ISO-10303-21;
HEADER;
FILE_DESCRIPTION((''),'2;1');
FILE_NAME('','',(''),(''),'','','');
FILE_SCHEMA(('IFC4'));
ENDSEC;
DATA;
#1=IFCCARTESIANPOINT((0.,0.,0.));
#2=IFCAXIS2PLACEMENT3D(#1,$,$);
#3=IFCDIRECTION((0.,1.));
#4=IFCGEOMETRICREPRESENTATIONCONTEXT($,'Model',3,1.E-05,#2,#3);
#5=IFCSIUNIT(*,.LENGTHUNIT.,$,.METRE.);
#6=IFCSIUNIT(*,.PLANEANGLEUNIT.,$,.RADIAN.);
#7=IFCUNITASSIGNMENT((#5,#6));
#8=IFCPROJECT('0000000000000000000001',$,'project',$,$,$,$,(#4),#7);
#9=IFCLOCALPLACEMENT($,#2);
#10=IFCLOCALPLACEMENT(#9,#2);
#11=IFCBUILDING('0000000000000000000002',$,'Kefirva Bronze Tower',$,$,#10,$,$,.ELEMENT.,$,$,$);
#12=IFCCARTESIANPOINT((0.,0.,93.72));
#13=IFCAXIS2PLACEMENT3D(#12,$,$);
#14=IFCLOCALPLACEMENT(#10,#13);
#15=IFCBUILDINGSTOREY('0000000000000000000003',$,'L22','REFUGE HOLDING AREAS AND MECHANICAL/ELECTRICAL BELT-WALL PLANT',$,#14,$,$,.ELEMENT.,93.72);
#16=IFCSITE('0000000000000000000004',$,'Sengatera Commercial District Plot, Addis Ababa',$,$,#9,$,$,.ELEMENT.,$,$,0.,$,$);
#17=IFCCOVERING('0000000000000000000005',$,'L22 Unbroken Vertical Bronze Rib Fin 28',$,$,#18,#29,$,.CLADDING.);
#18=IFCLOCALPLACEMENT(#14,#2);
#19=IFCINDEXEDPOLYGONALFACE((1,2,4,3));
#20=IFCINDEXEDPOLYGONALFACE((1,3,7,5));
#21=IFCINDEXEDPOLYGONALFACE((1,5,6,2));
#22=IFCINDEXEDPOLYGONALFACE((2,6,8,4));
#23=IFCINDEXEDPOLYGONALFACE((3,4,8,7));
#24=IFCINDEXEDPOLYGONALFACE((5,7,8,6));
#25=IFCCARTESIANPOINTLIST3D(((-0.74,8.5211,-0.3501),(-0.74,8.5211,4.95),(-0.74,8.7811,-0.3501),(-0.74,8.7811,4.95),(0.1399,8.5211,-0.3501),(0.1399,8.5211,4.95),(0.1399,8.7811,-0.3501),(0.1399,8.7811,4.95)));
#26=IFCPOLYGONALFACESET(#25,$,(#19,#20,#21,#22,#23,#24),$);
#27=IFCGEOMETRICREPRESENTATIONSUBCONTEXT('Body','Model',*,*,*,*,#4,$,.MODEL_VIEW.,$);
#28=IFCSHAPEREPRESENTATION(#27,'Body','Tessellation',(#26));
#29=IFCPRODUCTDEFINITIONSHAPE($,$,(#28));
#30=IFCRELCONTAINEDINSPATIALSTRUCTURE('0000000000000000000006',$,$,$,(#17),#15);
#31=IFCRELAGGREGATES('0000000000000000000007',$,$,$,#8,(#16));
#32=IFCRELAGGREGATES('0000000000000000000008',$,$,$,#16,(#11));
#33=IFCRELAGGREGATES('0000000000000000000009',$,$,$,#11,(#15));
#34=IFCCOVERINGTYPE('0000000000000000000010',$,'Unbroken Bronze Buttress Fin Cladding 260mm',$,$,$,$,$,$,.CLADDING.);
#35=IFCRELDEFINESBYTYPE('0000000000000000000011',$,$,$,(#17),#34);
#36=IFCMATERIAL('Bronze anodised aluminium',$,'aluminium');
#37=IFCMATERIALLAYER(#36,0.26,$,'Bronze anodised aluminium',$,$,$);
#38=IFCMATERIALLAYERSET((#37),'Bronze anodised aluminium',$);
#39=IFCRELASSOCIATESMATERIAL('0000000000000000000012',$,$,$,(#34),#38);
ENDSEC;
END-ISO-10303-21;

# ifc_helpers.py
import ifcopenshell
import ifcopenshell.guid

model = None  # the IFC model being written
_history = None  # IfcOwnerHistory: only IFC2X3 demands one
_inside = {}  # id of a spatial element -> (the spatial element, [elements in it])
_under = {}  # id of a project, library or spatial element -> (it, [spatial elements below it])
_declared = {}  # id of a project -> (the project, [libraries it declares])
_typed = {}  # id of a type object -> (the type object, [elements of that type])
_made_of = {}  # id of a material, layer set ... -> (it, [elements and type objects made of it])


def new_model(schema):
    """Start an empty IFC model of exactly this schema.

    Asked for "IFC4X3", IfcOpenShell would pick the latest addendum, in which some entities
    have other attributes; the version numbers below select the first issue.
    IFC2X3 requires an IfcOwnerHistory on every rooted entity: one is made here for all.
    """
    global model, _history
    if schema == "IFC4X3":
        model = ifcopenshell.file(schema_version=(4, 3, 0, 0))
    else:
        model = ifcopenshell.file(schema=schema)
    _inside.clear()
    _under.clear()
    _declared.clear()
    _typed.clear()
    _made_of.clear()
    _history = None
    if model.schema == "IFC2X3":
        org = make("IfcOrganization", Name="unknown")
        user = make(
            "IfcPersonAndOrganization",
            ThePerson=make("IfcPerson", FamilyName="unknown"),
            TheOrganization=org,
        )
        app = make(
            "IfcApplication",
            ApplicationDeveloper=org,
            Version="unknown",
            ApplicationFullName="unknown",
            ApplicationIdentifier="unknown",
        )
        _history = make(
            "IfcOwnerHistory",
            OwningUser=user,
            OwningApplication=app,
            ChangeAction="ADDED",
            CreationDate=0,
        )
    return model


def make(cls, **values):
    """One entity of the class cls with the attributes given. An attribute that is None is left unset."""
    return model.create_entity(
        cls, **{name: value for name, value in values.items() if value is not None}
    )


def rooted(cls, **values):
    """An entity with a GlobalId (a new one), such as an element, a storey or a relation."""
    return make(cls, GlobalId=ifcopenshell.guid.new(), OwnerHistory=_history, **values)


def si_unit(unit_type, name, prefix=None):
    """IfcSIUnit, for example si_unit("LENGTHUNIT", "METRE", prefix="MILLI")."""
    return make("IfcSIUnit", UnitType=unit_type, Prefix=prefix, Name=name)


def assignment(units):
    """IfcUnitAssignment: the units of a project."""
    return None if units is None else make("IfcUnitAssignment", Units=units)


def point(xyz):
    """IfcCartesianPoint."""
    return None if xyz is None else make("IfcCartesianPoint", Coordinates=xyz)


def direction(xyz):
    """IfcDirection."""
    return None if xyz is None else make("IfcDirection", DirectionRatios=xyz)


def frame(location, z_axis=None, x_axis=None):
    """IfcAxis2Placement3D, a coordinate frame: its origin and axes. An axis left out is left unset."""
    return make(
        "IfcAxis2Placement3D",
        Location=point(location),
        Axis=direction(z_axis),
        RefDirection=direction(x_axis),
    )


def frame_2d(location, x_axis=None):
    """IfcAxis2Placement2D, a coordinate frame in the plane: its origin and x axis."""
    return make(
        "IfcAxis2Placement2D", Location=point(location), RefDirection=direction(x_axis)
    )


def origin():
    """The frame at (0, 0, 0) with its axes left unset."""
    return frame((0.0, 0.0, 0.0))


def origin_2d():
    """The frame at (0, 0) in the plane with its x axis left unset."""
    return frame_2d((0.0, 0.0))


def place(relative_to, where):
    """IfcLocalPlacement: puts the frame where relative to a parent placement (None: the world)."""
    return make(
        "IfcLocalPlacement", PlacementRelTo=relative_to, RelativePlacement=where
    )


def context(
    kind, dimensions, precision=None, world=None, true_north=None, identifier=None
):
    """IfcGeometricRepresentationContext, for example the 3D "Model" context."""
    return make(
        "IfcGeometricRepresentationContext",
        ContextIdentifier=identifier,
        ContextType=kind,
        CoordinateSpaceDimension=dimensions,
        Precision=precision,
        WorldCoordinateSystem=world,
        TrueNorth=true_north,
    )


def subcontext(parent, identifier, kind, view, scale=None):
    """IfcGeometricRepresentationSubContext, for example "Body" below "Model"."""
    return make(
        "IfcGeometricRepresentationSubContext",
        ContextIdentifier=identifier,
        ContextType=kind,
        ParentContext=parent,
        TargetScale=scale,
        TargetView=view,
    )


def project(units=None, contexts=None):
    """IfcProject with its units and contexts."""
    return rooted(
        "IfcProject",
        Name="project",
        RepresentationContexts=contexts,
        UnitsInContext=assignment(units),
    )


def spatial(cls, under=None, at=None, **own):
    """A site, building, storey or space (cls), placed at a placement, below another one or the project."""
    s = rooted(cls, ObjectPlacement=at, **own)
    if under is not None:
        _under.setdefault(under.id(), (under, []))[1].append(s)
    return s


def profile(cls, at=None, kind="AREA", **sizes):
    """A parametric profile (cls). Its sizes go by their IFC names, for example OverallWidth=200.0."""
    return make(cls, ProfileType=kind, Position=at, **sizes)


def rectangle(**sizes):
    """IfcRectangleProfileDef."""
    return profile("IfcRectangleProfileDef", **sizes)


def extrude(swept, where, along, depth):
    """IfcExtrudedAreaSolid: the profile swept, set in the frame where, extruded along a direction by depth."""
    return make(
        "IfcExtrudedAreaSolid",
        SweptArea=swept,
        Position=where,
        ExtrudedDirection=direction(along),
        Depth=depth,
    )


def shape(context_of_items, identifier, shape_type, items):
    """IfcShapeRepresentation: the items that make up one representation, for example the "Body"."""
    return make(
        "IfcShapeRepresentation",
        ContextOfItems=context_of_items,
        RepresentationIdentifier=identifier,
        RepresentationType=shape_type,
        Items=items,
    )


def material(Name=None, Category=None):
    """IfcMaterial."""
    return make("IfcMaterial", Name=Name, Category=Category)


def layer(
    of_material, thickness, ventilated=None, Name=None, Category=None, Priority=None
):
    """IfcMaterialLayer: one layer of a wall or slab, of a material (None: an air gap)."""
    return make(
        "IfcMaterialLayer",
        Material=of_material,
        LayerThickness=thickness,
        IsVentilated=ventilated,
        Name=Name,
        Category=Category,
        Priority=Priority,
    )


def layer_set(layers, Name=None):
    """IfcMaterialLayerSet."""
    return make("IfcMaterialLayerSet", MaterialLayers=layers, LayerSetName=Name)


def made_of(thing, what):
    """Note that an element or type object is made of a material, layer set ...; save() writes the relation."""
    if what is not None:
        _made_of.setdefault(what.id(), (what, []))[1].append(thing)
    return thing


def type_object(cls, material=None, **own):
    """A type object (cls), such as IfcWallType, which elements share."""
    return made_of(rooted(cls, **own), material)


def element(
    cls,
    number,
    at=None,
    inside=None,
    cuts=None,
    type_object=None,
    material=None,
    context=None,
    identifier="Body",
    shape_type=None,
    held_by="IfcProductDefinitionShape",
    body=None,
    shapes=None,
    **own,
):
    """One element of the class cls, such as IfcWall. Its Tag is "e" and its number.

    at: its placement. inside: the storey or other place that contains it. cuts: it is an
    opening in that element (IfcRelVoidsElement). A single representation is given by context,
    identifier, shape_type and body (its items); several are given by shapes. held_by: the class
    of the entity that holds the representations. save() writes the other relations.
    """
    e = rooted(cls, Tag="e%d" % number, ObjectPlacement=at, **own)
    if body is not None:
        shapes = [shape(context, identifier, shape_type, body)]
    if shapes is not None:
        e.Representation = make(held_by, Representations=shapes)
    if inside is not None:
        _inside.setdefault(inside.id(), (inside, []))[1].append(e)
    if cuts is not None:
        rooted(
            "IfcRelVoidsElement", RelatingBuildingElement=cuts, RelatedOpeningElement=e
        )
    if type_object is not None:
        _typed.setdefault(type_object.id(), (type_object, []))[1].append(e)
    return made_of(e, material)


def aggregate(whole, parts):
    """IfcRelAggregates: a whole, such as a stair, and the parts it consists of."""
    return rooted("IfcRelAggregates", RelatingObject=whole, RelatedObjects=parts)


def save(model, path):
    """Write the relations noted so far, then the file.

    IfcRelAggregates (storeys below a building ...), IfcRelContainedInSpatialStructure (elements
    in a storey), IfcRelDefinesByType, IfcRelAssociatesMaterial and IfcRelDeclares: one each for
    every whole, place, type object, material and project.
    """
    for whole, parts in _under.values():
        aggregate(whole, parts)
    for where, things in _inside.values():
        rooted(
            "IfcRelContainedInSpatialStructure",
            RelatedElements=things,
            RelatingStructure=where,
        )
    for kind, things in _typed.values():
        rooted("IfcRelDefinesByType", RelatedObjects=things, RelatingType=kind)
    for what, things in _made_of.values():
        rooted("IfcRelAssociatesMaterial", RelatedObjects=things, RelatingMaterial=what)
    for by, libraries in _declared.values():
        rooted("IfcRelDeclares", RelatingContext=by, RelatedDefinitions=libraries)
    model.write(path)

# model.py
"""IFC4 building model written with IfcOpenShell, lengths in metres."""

from ifc_helpers import new_model, si_unit, direction, frame, origin, origin_2d, place, context, subcontext, project, spatial, rectangle, extrude, material, layer, layer_set, type_object, element, save


model = new_model("IFC4")

# Units and contexts
model_context = context("Model", 3, precision=1e-05, world=origin(), true_north=direction((0.0, 1.0)))
body_context = subcontext(model_context, "Body", "Model", "MODEL_VIEW")
ifc_project = project(units=[si_unit("LENGTHUNIT", "METRE"), si_unit("PLANEANGLEUNIT", "RADIAN")], contexts=[model_context])

# Site, building, storey
site_placement = place(None, origin())
site = spatial("IfcSite", under=ifc_project, at=site_placement, Name="Sengatera Commercial District Plot, Addis Ababa", CompositionType="ELEMENT", RefElevation=0.0)
building_placement = place(site_placement, origin())
building = spatial("IfcBuilding", under=site, at=building_placement, Name="Kefirva Bronze Tower", CompositionType="ELEMENT")
storey_placement = place(building_placement, frame((0.0, 0.0, 93.72)))
storey = spatial("IfcBuildingStorey", under=building, at=storey_placement, Name="L22", Description="REFUGE HOLDING AREAS AND MECHANICAL/ELECTRICAL BELT-WALL PLANT", CompositionType="ELEMENT", Elevation=93.72)

# Shared definitions
ifc_material = material(Name="Bronze anodised aluminium", Category="aluminium")

# Covering
ifc_layer_1 = layer(ifc_material, 0.26, Name="Bronze anodised aluminium")
ifc_layer_set_1 = layer_set([ifc_layer_1], Name="Bronze anodised aluminium")
covering_type_1 = type_object("IfcCoveringType", Name="Unbroken Bronze Buttress Fin Cladding 260mm", PredefinedType="CLADDING", material=ifc_layer_set_1)
covering_1_placement = place(storey_placement, frame((-0.3, 8.6511, -0.3501), z_axis=(0.0, 0.0, 1.0), x_axis=(0.0, -1.0, 0.0)))
element("IfcCovering", 1, at=covering_1_placement, inside=storey, type_object=covering_type_1, Name="L22 Unbroken Vertical Bronze Rib Fin 28", PredefinedType="CLADDING", context=body_context, shape_type="SweptSolid", body=[
    extrude(rectangle(XDim=0.26, YDim=0.8799, at=origin_2d()), origin(), (0.0, 0.0, 1.0), 5.3),
])

save(model, "model.ifc")
